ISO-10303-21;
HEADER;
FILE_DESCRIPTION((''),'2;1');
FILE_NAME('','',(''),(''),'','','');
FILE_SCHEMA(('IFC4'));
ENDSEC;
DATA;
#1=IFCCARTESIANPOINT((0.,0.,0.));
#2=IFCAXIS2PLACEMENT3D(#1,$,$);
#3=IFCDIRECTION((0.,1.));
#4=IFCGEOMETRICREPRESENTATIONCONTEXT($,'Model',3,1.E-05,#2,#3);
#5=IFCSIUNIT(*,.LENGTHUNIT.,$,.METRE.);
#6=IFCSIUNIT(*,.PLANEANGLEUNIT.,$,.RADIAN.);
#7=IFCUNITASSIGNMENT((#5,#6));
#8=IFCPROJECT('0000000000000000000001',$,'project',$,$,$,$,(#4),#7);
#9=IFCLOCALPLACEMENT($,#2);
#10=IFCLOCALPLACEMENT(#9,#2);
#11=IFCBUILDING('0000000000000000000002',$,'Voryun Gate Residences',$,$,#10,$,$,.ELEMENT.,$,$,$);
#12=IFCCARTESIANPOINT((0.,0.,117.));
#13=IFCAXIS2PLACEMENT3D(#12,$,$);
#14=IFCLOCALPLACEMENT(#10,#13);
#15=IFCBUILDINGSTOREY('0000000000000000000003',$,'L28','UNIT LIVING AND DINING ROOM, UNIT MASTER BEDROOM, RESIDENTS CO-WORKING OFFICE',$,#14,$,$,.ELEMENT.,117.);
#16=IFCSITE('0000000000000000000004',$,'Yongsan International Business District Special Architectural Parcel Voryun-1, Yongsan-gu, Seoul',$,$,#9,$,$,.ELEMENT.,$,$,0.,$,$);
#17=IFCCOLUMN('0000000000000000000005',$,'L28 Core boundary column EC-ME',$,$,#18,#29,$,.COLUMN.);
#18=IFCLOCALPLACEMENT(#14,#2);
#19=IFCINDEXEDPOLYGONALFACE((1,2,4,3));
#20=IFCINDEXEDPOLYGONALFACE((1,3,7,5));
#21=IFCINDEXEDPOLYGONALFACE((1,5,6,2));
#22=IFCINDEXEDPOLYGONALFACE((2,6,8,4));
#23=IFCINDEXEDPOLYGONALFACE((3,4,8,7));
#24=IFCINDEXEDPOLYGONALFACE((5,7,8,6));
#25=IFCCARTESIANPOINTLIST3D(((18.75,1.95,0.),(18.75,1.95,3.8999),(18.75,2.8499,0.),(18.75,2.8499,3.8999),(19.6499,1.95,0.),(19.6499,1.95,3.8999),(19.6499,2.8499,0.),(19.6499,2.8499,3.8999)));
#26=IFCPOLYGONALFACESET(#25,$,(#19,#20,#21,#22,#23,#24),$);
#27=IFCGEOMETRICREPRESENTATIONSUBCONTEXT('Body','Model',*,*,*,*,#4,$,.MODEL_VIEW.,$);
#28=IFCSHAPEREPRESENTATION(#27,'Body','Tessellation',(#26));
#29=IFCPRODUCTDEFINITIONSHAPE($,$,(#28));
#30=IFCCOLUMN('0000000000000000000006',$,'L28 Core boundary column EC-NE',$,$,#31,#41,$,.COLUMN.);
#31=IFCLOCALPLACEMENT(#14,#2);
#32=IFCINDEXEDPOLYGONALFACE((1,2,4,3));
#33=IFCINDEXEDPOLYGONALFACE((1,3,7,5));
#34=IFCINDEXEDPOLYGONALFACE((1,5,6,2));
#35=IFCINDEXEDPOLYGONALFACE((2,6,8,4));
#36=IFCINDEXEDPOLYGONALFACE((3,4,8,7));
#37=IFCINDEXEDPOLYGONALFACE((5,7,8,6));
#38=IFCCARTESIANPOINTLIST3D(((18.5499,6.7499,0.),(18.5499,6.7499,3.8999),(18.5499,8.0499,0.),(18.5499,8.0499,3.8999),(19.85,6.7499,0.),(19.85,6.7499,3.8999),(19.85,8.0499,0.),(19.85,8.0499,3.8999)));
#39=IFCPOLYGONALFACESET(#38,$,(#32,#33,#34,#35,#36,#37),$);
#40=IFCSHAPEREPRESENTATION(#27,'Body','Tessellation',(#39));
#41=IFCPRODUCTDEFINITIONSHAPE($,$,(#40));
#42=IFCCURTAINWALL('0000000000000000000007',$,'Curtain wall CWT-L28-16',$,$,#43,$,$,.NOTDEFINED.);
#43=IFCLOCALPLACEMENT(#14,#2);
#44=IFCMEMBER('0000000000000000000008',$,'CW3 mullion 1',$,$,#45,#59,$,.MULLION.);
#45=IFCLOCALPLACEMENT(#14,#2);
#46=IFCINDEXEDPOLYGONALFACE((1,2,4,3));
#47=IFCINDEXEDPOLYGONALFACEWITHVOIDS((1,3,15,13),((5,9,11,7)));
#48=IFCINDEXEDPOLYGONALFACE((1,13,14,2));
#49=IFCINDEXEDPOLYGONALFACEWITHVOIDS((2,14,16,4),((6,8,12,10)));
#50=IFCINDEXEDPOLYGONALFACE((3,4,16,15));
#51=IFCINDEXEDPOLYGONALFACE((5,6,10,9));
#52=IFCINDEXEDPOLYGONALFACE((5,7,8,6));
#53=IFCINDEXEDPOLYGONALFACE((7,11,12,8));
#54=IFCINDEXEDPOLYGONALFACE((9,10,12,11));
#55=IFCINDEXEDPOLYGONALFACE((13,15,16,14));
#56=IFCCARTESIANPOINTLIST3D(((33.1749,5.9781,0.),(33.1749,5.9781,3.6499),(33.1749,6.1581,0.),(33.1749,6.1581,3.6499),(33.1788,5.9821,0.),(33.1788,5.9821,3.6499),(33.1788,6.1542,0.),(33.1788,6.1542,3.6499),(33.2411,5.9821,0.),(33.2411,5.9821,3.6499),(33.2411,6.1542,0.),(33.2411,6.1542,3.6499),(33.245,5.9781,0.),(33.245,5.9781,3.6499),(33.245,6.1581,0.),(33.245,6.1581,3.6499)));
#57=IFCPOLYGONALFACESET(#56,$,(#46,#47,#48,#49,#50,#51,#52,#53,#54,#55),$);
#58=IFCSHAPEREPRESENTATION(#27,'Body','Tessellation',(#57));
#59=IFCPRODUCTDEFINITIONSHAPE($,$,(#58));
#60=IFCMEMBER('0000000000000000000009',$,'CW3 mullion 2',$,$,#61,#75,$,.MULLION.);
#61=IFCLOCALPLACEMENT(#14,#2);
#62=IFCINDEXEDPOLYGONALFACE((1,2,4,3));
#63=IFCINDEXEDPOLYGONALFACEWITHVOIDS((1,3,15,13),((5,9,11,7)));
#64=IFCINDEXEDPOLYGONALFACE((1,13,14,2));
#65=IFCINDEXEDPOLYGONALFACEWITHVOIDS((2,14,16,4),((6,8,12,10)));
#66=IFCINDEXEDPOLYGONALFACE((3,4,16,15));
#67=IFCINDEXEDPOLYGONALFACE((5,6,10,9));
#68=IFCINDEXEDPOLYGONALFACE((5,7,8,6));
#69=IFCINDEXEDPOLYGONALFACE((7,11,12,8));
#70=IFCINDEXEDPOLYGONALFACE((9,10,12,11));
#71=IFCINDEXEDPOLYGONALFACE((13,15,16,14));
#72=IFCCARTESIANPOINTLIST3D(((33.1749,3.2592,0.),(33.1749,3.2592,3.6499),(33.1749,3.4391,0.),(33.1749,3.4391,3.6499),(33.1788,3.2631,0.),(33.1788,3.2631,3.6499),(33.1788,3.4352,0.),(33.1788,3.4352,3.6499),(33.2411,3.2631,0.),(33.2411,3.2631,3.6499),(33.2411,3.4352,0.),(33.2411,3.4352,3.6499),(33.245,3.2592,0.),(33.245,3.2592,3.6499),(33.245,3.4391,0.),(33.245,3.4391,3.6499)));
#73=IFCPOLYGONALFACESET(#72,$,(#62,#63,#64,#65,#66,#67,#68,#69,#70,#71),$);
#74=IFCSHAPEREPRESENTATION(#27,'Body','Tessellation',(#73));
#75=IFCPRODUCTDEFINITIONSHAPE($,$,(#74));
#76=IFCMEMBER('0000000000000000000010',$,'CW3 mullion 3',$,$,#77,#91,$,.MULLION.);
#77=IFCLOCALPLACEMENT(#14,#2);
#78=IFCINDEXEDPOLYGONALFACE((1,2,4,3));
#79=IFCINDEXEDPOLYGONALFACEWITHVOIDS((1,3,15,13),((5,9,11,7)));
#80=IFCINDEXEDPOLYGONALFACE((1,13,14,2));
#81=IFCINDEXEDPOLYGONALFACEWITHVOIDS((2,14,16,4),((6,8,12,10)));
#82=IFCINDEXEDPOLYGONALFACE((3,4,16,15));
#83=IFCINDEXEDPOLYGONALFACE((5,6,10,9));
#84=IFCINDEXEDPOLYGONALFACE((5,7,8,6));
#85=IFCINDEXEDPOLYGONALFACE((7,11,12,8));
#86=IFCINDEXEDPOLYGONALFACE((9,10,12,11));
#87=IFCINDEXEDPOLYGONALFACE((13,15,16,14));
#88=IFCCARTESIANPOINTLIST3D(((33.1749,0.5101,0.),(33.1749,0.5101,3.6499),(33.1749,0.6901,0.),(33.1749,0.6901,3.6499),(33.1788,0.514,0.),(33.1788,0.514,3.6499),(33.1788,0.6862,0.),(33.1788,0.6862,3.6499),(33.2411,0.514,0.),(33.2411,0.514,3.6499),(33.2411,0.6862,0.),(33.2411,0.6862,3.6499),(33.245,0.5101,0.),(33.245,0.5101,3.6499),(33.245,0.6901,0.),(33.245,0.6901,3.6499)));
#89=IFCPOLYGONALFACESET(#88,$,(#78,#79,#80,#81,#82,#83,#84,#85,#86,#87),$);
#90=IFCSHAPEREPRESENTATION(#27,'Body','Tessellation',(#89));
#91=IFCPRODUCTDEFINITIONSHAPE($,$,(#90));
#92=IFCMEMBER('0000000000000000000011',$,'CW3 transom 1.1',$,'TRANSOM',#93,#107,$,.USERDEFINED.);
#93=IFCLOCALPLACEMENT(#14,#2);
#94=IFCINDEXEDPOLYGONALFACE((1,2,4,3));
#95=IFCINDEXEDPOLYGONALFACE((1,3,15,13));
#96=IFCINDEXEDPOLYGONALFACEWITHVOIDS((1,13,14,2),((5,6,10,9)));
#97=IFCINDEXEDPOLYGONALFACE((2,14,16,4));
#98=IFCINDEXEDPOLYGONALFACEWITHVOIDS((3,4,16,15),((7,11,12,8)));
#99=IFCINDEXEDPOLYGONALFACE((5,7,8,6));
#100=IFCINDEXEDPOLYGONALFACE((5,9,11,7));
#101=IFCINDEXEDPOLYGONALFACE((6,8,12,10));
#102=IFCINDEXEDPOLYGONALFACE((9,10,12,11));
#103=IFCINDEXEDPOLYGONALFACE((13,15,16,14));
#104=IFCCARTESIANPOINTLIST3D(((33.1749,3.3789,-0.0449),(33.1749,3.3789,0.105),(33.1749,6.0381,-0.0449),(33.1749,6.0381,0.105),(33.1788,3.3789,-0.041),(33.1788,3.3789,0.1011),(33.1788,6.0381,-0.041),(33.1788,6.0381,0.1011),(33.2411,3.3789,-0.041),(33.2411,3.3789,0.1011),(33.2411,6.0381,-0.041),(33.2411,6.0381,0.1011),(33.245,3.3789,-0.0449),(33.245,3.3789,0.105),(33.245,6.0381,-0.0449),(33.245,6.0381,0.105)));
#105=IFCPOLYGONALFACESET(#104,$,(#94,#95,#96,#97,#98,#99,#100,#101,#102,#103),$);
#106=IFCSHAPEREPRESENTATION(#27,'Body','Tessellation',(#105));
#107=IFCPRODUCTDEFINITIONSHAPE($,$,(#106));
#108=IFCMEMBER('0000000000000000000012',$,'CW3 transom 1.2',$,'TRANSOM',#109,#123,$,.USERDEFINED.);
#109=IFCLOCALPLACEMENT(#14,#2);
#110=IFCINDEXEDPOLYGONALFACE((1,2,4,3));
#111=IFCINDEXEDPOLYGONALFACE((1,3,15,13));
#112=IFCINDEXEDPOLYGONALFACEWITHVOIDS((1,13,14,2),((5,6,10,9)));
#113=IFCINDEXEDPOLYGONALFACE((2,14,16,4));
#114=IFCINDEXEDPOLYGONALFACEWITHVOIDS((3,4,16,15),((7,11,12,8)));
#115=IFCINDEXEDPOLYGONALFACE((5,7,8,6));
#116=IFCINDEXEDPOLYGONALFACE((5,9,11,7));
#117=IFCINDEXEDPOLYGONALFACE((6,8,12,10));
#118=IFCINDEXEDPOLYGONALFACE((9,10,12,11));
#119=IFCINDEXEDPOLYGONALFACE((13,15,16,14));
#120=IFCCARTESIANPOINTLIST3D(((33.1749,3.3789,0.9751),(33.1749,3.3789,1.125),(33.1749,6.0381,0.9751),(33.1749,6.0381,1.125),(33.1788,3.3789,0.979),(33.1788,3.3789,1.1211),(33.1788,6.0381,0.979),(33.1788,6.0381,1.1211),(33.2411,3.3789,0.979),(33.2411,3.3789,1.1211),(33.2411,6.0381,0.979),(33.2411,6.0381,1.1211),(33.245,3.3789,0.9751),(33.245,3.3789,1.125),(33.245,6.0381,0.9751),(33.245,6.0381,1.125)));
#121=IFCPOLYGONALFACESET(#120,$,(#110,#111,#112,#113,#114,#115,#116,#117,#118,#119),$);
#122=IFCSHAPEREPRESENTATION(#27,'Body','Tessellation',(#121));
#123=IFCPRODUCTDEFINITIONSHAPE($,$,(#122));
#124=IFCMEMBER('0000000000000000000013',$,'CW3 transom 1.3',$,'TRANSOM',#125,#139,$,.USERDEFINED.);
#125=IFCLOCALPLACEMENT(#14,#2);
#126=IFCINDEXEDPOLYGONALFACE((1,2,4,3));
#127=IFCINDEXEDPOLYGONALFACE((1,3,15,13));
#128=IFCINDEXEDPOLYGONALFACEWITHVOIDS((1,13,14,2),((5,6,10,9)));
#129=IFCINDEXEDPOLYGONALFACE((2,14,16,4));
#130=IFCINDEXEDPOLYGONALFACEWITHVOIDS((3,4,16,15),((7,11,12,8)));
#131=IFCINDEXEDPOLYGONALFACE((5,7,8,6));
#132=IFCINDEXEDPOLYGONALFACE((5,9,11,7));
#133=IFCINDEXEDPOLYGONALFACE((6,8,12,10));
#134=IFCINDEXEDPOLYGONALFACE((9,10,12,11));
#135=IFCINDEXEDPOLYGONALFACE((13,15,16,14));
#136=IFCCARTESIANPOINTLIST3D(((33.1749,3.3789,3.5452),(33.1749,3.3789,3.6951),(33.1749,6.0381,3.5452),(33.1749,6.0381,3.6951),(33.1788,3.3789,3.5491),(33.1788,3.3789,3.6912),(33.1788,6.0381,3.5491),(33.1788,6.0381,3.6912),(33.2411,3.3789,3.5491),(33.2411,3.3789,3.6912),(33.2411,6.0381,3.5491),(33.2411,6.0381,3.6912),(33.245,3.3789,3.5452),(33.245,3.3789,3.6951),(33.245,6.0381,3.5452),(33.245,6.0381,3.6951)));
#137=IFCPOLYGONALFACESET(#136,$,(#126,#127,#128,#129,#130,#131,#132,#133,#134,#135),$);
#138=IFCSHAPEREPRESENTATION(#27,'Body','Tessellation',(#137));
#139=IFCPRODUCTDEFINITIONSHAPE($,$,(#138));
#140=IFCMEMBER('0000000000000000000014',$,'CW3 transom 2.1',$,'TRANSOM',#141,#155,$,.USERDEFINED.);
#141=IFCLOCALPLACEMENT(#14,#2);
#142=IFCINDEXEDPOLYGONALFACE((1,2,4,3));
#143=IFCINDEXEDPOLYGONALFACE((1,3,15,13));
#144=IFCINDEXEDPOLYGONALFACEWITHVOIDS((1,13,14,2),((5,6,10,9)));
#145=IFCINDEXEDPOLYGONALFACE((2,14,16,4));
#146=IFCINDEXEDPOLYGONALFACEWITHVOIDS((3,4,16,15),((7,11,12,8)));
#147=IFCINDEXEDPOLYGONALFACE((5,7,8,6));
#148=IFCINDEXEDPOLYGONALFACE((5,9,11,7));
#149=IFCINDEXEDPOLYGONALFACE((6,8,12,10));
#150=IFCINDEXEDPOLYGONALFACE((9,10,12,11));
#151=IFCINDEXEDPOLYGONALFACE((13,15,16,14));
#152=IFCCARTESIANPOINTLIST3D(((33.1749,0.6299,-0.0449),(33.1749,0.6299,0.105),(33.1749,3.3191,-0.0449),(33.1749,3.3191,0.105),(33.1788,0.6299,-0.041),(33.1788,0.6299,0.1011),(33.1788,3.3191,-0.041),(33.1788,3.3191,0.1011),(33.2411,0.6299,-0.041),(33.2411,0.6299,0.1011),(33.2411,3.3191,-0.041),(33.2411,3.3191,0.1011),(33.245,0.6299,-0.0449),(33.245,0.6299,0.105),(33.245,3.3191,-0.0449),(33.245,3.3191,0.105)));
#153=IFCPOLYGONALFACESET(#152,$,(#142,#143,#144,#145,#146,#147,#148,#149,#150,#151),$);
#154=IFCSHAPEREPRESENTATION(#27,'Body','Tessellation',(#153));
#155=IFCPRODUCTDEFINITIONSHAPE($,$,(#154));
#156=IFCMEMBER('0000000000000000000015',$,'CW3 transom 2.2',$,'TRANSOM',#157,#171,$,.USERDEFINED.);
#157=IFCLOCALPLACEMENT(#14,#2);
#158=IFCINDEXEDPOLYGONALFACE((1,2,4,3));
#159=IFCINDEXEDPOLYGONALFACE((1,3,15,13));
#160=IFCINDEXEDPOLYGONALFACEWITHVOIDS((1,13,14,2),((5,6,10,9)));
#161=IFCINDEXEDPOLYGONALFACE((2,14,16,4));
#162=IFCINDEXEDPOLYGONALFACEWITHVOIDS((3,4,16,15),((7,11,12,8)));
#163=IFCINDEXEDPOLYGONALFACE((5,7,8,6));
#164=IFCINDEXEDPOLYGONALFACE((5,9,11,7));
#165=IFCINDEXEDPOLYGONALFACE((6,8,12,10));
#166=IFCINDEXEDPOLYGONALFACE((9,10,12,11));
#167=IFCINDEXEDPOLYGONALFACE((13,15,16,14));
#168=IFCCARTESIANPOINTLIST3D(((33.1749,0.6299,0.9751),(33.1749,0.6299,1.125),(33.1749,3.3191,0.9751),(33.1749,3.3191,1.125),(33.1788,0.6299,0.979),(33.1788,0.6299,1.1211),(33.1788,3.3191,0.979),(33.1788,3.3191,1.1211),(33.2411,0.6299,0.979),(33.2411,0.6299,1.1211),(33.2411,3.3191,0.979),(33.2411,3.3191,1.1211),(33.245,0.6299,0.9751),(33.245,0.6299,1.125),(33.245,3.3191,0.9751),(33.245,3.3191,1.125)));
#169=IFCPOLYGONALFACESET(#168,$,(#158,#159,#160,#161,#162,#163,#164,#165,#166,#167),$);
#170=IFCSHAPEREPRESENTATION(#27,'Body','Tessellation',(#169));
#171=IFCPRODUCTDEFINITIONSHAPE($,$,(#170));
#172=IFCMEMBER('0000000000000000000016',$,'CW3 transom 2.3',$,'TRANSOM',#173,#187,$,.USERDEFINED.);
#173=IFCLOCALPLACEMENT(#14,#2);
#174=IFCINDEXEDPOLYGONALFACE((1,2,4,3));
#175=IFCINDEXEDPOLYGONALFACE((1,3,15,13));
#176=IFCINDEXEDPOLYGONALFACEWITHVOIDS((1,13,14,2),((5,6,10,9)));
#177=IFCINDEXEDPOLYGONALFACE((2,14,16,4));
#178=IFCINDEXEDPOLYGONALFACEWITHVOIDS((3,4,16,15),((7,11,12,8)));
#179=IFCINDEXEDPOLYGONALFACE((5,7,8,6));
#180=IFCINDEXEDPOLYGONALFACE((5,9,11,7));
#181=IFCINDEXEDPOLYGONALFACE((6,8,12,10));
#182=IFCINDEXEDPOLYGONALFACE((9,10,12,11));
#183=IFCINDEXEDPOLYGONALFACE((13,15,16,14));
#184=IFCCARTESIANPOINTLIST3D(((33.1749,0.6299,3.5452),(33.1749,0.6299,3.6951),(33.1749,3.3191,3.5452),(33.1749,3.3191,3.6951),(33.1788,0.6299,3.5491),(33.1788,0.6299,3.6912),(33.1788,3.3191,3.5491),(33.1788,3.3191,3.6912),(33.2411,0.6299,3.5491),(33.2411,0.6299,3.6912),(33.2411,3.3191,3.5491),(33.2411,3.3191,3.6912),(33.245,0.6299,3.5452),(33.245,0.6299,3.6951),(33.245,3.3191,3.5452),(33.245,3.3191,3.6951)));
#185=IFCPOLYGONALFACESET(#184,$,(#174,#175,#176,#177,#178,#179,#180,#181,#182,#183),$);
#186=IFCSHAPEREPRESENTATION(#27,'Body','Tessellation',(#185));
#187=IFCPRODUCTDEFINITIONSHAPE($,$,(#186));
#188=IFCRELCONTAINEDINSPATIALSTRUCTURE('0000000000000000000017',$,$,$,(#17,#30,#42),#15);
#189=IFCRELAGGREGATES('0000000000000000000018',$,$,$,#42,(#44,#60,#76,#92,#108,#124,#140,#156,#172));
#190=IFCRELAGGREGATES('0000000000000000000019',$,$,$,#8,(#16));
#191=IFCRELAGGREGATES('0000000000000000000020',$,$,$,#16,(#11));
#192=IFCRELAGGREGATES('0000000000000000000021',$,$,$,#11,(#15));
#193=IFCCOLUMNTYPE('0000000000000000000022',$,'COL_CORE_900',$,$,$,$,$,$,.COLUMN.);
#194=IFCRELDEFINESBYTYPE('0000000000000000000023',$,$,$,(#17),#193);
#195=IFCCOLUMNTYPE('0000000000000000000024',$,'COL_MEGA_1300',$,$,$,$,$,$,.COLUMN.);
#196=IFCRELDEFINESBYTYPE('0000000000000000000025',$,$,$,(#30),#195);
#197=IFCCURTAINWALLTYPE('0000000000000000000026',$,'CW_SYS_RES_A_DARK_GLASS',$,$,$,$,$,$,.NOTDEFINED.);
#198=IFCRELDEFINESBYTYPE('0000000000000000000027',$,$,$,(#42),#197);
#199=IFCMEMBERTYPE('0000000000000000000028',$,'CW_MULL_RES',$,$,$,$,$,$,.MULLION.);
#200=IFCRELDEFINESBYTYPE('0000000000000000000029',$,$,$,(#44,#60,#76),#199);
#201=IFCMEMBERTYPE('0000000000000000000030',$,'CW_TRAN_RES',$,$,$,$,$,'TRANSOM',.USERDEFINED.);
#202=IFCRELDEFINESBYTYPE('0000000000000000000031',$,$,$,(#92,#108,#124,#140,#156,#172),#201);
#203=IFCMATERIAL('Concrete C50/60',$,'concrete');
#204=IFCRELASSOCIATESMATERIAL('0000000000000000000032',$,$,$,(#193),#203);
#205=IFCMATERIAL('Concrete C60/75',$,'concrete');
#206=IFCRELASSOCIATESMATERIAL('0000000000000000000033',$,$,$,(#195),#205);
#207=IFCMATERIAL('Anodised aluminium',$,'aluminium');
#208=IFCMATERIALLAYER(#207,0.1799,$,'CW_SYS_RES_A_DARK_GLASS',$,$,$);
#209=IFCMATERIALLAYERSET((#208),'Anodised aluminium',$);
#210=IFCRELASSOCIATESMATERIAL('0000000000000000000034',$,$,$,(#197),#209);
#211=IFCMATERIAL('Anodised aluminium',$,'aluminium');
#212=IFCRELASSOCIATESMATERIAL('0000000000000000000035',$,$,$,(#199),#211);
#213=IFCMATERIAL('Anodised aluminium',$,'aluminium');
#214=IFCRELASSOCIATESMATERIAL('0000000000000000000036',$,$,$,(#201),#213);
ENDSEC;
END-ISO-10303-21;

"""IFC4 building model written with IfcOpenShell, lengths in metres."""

from ifc_helpers import new_model, si_unit, direction, frame, origin, origin_2d, place, context, subcontext, project, spatial, rectangle, hollow_rectangle, extrude, material, layer, layer_set, material_profile, profile_set, type_object, element, aggregate, save


model = new_model("IFC4")

# Units and contexts
model_context = context("Model", 3, precision=1e-05, world=origin(), true_north=direction((0.0, 1.0)))
body_context = subcontext(model_context, "Body", "Model", "MODEL_VIEW")
ifc_project = project(units=[si_unit("LENGTHUNIT", "METRE"), si_unit("PLANEANGLEUNIT", "RADIAN")], contexts=[model_context])

# Site, building, storey
site_placement = place(None, origin())
site = spatial("IfcSite", under=ifc_project, at=site_placement, Name="Yongsan International Business District Special Architectural Parcel Voryun-1, Yongsan-gu, Seoul", CompositionType="ELEMENT", RefElevation=0.0)
building_placement = place(site_placement, origin())
building = spatial("IfcBuilding", under=site, at=building_placement, Name="Voryun Gate Residences", CompositionType="ELEMENT")
storey_placement = place(building_placement, frame((0.0, 0.0, 117.0)))
storey = spatial("IfcBuildingStorey", under=building, at=storey_placement, Name="L28", Description="UNIT LIVING AND DINING ROOM, UNIT MASTER BEDROOM, RESIDENTS CO-WORKING OFFICE", CompositionType="ELEMENT", Elevation=117.0)

# Columns
ifc_material_1 = material(Name="Concrete C50/60", Category="concrete")
ifc_material_profile_1 = material_profile(ifc_material_1, rectangle(XDim=0.8999, YDim=0.8999, at=origin_2d()), Name="RC-900x900")
ifc_profile_set_1 = profile_set([ifc_material_profile_1], Name="Concrete C50/60")
column_type_1 = type_object("IfcColumnType", Name="COL_CORE_900", PredefinedType="COLUMN", material=ifc_profile_set_1)
column_1_placement = place(storey_placement, frame((19.2, 2.3999, 0.0), z_axis=(0.0, 0.0, 1.0), x_axis=(1.0, 0.0, 0.0)))
element("IfcColumn", 1, at=column_1_placement, inside=storey, type_object=column_type_1, Name="L28 Core boundary column EC-ME", PredefinedType="COLUMN", context=body_context, shape_type="SweptSolid", body=[
    extrude(rectangle(XDim=0.8999, YDim=0.8999, at=origin_2d()), origin(), (0.0, 0.0, 1.0), 3.8999),
])
ifc_material_2 = material(Name="Concrete C60/75", Category="concrete")
ifc_material_profile_2 = material_profile(ifc_material_2, rectangle(XDim=1.3, YDim=1.3, at=origin_2d()), Name="RC-1300x1300")
ifc_profile_set_2 = profile_set([ifc_material_profile_2], Name="Concrete C60/75")
column_type_2 = type_object("IfcColumnType", Name="COL_MEGA_1300", PredefinedType="COLUMN", material=ifc_profile_set_2)
column_2_placement = place(storey_placement, frame((19.2, 7.3999, 0.0), z_axis=(0.0, 0.0, 1.0), x_axis=(1.0, 0.0, 0.0)))
element("IfcColumn", 2, at=column_2_placement, inside=storey, type_object=column_type_2, Name="L28 Core boundary column EC-NE", PredefinedType="COLUMN", context=body_context, shape_type="SweptSolid", body=[
    extrude(rectangle(XDim=1.3, YDim=1.3, at=origin_2d()), origin(), (0.0, 0.0, 1.0), 3.8999),
])

# Curtain wall, members
ifc_material_3 = material(Name="Anodised aluminium", Category="aluminium")
ifc_layer_1 = layer(ifc_material_3, 0.1799, Name="CW_SYS_RES_A_DARK_GLASS")
ifc_layer_set_1 = layer_set([ifc_layer_1], Name="Anodised aluminium")
curtain_wall_type = type_object("IfcCurtainWallType", Name="CW_SYS_RES_A_DARK_GLASS", PredefinedType="NOTDEFINED", material=ifc_layer_set_1)
curtain_wall_placement = place(storey_placement, origin())
curtain_wall = element("IfcCurtainWall", 3, at=curtain_wall_placement, inside=storey, type_object=curtain_wall_type, Name="Curtain wall CWT-L28-16", PredefinedType="NOTDEFINED")
ifc_material_4 = material(Name="Anodised aluminium", Category="aluminium")
ifc_material_profile_3 = material_profile(ifc_material_4, hollow_rectangle(XDim=0.0701, YDim=0.1799, WallThickness=0.0039, at=origin_2d()), Name="ALU-MULL-180x70x4")
ifc_profile_set_3 = profile_set([ifc_material_profile_3], Name="Anodised aluminium")
member_type_1 = type_object("IfcMemberType", Name="CW_MULL_RES", PredefinedType="MULLION", material=ifc_profile_set_3)
member_1_placement = place(storey_placement, frame((33.21, 6.0681, 0.0), z_axis=(0.0, 0.0, 1.0), x_axis=(1.0, 0.0, 0.0)))
member_1 = element("IfcMember", 4, at=member_1_placement, type_object=member_type_1, Name="CW3 mullion 1", PredefinedType="MULLION", context=body_context, shape_type="SweptSolid", body=[
    extrude(hollow_rectangle(XDim=0.0701, YDim=0.1799, WallThickness=0.0039, at=origin_2d()), origin(), (0.0, 0.0, 1.0), 3.6499),
])
member_2_placement = place(storey_placement, frame((33.21, 3.3491, 0.0), z_axis=(0.0, 0.0, 1.0), x_axis=(1.0, 0.0, 0.0)))
member_2 = element("IfcMember", 5, at=member_2_placement, type_object=member_type_1, Name="CW3 mullion 2", PredefinedType="MULLION", context=body_context, shape_type="SweptSolid", body=[
    extrude(hollow_rectangle(XDim=0.0701, YDim=0.1799, WallThickness=0.0039, at=origin_2d()), origin(), (0.0, 0.0, 1.0), 3.6499),
])
member_3_placement = place(storey_placement, frame((33.21, 0.6001, 0.0), z_axis=(0.0, 0.0, 1.0), x_axis=(1.0, 0.0, 0.0)))
member_3 = element("IfcMember", 6, at=member_3_placement, type_object=member_type_1, Name="CW3 mullion 3", PredefinedType="MULLION", context=body_context, shape_type="SweptSolid", body=[
    extrude(hollow_rectangle(XDim=0.0701, YDim=0.1799, WallThickness=0.0039, at=origin_2d()), origin(), (0.0, 0.0, 1.0), 3.6499),
])
ifc_material_5 = material(Name="Anodised aluminium", Category="aluminium")
ifc_material_profile_4 = material_profile(ifc_material_5, hollow_rectangle(XDim=0.0701, YDim=0.1499, WallThickness=0.0039, at=origin_2d()), Name="ALU-TRAN-150x70x4")
ifc_profile_set_4 = profile_set([ifc_material_profile_4], Name="Anodised aluminium")
member_type_2 = type_object("IfcMemberType", Name="CW_TRAN_RES", ElementType="TRANSOM", PredefinedType="USERDEFINED", material=ifc_profile_set_4)
member_4_placement = place(storey_placement, frame((33.21, 6.0381, 0.03), z_axis=(0.0, -1.0, 0.0), x_axis=(1.0, 0.0, 0.0)))
member_4 = element("IfcMember", 7, at=member_4_placement, type_object=member_type_2, Name="CW3 transom 1.1", ObjectType="TRANSOM", PredefinedType="USERDEFINED", context=body_context, shape_type="SweptSolid", body=[
    extrude(hollow_rectangle(XDim=0.0701, YDim=0.1499, WallThickness=0.0039, at=origin_2d()), origin(), (0.0, 0.0, 1.0), 2.6592),
])
member_5_placement = place(storey_placement, frame((33.21, 6.0381, 1.05), z_axis=(0.0, -1.0, 0.0), x_axis=(1.0, 0.0, 0.0)))
member_5 = element("IfcMember", 8, at=member_5_placement, type_object=member_type_2, Name="CW3 transom 1.2", ObjectType="TRANSOM", PredefinedType="USERDEFINED", context=body_context, shape_type="SweptSolid", body=[
    extrude(hollow_rectangle(XDim=0.0701, YDim=0.1499, WallThickness=0.0039, at=origin_2d()), origin(), (0.0, 0.0, 1.0), 2.6592),
])
member_6_placement = place(storey_placement, frame((33.21, 6.0381, 3.6201), z_axis=(0.0, -1.0, 0.0), x_axis=(1.0, 0.0, 0.0)))
member_6 = element("IfcMember", 9, at=member_6_placement, type_object=member_type_2, Name="CW3 transom 1.3", ObjectType="TRANSOM", PredefinedType="USERDEFINED", context=body_context, shape_type="SweptSolid", body=[
    extrude(hollow_rectangle(XDim=0.0701, YDim=0.1499, WallThickness=0.0039, at=origin_2d()), origin(), (0.0, 0.0, 1.0), 2.6592),
])
member_7_placement = place(storey_placement, frame((33.21, 3.3191, 0.03), z_axis=(0.0, -1.0, 0.0), x_axis=(1.0, 0.0, 0.0)))
member_7 = element("IfcMember", 10, at=member_7_placement, type_object=member_type_2, Name="CW3 transom 2.1", ObjectType="TRANSOM", PredefinedType="USERDEFINED", context=body_context, shape_type="SweptSolid", body=[
    extrude(hollow_rectangle(XDim=0.0701, YDim=0.1499, WallThickness=0.0039, at=origin_2d()), origin(), (0.0, 0.0, 1.0), 2.6892),
])
member_8_placement = place(storey_placement, frame((33.21, 3.3191, 1.05), z_axis=(0.0, -1.0, 0.0), x_axis=(1.0, 0.0, 0.0)))
member_8 = element("IfcMember", 11, at=member_8_placement, type_object=member_type_2, Name="CW3 transom 2.2", ObjectType="TRANSOM", PredefinedType="USERDEFINED", context=body_context, shape_type="SweptSolid", body=[
    extrude(hollow_rectangle(XDim=0.0701, YDim=0.1499, WallThickness=0.0039, at=origin_2d()), origin(), (0.0, 0.0, 1.0), 2.6892),
])
member_9_placement = place(storey_placement, frame((33.21, 3.3191, 3.6201), z_axis=(0.0, -1.0, 0.0), x_axis=(1.0, 0.0, 0.0)))
member_9 = element("IfcMember", 12, at=member_9_placement, type_object=member_type_2, Name="CW3 transom 2.3", ObjectType="TRANSOM", PredefinedType="USERDEFINED", context=body_context, shape_type="SweptSolid", body=[
    extrude(hollow_rectangle(XDim=0.0701, YDim=0.1499, WallThickness=0.0039, at=origin_2d()), origin(), (0.0, 0.0, 1.0), 2.6892),
])
aggregate(curtain_wall, [member_1, member_2, member_3, member_4, member_5, member_6, member_7, member_8, member_9])

save(model, "model.ifc")
